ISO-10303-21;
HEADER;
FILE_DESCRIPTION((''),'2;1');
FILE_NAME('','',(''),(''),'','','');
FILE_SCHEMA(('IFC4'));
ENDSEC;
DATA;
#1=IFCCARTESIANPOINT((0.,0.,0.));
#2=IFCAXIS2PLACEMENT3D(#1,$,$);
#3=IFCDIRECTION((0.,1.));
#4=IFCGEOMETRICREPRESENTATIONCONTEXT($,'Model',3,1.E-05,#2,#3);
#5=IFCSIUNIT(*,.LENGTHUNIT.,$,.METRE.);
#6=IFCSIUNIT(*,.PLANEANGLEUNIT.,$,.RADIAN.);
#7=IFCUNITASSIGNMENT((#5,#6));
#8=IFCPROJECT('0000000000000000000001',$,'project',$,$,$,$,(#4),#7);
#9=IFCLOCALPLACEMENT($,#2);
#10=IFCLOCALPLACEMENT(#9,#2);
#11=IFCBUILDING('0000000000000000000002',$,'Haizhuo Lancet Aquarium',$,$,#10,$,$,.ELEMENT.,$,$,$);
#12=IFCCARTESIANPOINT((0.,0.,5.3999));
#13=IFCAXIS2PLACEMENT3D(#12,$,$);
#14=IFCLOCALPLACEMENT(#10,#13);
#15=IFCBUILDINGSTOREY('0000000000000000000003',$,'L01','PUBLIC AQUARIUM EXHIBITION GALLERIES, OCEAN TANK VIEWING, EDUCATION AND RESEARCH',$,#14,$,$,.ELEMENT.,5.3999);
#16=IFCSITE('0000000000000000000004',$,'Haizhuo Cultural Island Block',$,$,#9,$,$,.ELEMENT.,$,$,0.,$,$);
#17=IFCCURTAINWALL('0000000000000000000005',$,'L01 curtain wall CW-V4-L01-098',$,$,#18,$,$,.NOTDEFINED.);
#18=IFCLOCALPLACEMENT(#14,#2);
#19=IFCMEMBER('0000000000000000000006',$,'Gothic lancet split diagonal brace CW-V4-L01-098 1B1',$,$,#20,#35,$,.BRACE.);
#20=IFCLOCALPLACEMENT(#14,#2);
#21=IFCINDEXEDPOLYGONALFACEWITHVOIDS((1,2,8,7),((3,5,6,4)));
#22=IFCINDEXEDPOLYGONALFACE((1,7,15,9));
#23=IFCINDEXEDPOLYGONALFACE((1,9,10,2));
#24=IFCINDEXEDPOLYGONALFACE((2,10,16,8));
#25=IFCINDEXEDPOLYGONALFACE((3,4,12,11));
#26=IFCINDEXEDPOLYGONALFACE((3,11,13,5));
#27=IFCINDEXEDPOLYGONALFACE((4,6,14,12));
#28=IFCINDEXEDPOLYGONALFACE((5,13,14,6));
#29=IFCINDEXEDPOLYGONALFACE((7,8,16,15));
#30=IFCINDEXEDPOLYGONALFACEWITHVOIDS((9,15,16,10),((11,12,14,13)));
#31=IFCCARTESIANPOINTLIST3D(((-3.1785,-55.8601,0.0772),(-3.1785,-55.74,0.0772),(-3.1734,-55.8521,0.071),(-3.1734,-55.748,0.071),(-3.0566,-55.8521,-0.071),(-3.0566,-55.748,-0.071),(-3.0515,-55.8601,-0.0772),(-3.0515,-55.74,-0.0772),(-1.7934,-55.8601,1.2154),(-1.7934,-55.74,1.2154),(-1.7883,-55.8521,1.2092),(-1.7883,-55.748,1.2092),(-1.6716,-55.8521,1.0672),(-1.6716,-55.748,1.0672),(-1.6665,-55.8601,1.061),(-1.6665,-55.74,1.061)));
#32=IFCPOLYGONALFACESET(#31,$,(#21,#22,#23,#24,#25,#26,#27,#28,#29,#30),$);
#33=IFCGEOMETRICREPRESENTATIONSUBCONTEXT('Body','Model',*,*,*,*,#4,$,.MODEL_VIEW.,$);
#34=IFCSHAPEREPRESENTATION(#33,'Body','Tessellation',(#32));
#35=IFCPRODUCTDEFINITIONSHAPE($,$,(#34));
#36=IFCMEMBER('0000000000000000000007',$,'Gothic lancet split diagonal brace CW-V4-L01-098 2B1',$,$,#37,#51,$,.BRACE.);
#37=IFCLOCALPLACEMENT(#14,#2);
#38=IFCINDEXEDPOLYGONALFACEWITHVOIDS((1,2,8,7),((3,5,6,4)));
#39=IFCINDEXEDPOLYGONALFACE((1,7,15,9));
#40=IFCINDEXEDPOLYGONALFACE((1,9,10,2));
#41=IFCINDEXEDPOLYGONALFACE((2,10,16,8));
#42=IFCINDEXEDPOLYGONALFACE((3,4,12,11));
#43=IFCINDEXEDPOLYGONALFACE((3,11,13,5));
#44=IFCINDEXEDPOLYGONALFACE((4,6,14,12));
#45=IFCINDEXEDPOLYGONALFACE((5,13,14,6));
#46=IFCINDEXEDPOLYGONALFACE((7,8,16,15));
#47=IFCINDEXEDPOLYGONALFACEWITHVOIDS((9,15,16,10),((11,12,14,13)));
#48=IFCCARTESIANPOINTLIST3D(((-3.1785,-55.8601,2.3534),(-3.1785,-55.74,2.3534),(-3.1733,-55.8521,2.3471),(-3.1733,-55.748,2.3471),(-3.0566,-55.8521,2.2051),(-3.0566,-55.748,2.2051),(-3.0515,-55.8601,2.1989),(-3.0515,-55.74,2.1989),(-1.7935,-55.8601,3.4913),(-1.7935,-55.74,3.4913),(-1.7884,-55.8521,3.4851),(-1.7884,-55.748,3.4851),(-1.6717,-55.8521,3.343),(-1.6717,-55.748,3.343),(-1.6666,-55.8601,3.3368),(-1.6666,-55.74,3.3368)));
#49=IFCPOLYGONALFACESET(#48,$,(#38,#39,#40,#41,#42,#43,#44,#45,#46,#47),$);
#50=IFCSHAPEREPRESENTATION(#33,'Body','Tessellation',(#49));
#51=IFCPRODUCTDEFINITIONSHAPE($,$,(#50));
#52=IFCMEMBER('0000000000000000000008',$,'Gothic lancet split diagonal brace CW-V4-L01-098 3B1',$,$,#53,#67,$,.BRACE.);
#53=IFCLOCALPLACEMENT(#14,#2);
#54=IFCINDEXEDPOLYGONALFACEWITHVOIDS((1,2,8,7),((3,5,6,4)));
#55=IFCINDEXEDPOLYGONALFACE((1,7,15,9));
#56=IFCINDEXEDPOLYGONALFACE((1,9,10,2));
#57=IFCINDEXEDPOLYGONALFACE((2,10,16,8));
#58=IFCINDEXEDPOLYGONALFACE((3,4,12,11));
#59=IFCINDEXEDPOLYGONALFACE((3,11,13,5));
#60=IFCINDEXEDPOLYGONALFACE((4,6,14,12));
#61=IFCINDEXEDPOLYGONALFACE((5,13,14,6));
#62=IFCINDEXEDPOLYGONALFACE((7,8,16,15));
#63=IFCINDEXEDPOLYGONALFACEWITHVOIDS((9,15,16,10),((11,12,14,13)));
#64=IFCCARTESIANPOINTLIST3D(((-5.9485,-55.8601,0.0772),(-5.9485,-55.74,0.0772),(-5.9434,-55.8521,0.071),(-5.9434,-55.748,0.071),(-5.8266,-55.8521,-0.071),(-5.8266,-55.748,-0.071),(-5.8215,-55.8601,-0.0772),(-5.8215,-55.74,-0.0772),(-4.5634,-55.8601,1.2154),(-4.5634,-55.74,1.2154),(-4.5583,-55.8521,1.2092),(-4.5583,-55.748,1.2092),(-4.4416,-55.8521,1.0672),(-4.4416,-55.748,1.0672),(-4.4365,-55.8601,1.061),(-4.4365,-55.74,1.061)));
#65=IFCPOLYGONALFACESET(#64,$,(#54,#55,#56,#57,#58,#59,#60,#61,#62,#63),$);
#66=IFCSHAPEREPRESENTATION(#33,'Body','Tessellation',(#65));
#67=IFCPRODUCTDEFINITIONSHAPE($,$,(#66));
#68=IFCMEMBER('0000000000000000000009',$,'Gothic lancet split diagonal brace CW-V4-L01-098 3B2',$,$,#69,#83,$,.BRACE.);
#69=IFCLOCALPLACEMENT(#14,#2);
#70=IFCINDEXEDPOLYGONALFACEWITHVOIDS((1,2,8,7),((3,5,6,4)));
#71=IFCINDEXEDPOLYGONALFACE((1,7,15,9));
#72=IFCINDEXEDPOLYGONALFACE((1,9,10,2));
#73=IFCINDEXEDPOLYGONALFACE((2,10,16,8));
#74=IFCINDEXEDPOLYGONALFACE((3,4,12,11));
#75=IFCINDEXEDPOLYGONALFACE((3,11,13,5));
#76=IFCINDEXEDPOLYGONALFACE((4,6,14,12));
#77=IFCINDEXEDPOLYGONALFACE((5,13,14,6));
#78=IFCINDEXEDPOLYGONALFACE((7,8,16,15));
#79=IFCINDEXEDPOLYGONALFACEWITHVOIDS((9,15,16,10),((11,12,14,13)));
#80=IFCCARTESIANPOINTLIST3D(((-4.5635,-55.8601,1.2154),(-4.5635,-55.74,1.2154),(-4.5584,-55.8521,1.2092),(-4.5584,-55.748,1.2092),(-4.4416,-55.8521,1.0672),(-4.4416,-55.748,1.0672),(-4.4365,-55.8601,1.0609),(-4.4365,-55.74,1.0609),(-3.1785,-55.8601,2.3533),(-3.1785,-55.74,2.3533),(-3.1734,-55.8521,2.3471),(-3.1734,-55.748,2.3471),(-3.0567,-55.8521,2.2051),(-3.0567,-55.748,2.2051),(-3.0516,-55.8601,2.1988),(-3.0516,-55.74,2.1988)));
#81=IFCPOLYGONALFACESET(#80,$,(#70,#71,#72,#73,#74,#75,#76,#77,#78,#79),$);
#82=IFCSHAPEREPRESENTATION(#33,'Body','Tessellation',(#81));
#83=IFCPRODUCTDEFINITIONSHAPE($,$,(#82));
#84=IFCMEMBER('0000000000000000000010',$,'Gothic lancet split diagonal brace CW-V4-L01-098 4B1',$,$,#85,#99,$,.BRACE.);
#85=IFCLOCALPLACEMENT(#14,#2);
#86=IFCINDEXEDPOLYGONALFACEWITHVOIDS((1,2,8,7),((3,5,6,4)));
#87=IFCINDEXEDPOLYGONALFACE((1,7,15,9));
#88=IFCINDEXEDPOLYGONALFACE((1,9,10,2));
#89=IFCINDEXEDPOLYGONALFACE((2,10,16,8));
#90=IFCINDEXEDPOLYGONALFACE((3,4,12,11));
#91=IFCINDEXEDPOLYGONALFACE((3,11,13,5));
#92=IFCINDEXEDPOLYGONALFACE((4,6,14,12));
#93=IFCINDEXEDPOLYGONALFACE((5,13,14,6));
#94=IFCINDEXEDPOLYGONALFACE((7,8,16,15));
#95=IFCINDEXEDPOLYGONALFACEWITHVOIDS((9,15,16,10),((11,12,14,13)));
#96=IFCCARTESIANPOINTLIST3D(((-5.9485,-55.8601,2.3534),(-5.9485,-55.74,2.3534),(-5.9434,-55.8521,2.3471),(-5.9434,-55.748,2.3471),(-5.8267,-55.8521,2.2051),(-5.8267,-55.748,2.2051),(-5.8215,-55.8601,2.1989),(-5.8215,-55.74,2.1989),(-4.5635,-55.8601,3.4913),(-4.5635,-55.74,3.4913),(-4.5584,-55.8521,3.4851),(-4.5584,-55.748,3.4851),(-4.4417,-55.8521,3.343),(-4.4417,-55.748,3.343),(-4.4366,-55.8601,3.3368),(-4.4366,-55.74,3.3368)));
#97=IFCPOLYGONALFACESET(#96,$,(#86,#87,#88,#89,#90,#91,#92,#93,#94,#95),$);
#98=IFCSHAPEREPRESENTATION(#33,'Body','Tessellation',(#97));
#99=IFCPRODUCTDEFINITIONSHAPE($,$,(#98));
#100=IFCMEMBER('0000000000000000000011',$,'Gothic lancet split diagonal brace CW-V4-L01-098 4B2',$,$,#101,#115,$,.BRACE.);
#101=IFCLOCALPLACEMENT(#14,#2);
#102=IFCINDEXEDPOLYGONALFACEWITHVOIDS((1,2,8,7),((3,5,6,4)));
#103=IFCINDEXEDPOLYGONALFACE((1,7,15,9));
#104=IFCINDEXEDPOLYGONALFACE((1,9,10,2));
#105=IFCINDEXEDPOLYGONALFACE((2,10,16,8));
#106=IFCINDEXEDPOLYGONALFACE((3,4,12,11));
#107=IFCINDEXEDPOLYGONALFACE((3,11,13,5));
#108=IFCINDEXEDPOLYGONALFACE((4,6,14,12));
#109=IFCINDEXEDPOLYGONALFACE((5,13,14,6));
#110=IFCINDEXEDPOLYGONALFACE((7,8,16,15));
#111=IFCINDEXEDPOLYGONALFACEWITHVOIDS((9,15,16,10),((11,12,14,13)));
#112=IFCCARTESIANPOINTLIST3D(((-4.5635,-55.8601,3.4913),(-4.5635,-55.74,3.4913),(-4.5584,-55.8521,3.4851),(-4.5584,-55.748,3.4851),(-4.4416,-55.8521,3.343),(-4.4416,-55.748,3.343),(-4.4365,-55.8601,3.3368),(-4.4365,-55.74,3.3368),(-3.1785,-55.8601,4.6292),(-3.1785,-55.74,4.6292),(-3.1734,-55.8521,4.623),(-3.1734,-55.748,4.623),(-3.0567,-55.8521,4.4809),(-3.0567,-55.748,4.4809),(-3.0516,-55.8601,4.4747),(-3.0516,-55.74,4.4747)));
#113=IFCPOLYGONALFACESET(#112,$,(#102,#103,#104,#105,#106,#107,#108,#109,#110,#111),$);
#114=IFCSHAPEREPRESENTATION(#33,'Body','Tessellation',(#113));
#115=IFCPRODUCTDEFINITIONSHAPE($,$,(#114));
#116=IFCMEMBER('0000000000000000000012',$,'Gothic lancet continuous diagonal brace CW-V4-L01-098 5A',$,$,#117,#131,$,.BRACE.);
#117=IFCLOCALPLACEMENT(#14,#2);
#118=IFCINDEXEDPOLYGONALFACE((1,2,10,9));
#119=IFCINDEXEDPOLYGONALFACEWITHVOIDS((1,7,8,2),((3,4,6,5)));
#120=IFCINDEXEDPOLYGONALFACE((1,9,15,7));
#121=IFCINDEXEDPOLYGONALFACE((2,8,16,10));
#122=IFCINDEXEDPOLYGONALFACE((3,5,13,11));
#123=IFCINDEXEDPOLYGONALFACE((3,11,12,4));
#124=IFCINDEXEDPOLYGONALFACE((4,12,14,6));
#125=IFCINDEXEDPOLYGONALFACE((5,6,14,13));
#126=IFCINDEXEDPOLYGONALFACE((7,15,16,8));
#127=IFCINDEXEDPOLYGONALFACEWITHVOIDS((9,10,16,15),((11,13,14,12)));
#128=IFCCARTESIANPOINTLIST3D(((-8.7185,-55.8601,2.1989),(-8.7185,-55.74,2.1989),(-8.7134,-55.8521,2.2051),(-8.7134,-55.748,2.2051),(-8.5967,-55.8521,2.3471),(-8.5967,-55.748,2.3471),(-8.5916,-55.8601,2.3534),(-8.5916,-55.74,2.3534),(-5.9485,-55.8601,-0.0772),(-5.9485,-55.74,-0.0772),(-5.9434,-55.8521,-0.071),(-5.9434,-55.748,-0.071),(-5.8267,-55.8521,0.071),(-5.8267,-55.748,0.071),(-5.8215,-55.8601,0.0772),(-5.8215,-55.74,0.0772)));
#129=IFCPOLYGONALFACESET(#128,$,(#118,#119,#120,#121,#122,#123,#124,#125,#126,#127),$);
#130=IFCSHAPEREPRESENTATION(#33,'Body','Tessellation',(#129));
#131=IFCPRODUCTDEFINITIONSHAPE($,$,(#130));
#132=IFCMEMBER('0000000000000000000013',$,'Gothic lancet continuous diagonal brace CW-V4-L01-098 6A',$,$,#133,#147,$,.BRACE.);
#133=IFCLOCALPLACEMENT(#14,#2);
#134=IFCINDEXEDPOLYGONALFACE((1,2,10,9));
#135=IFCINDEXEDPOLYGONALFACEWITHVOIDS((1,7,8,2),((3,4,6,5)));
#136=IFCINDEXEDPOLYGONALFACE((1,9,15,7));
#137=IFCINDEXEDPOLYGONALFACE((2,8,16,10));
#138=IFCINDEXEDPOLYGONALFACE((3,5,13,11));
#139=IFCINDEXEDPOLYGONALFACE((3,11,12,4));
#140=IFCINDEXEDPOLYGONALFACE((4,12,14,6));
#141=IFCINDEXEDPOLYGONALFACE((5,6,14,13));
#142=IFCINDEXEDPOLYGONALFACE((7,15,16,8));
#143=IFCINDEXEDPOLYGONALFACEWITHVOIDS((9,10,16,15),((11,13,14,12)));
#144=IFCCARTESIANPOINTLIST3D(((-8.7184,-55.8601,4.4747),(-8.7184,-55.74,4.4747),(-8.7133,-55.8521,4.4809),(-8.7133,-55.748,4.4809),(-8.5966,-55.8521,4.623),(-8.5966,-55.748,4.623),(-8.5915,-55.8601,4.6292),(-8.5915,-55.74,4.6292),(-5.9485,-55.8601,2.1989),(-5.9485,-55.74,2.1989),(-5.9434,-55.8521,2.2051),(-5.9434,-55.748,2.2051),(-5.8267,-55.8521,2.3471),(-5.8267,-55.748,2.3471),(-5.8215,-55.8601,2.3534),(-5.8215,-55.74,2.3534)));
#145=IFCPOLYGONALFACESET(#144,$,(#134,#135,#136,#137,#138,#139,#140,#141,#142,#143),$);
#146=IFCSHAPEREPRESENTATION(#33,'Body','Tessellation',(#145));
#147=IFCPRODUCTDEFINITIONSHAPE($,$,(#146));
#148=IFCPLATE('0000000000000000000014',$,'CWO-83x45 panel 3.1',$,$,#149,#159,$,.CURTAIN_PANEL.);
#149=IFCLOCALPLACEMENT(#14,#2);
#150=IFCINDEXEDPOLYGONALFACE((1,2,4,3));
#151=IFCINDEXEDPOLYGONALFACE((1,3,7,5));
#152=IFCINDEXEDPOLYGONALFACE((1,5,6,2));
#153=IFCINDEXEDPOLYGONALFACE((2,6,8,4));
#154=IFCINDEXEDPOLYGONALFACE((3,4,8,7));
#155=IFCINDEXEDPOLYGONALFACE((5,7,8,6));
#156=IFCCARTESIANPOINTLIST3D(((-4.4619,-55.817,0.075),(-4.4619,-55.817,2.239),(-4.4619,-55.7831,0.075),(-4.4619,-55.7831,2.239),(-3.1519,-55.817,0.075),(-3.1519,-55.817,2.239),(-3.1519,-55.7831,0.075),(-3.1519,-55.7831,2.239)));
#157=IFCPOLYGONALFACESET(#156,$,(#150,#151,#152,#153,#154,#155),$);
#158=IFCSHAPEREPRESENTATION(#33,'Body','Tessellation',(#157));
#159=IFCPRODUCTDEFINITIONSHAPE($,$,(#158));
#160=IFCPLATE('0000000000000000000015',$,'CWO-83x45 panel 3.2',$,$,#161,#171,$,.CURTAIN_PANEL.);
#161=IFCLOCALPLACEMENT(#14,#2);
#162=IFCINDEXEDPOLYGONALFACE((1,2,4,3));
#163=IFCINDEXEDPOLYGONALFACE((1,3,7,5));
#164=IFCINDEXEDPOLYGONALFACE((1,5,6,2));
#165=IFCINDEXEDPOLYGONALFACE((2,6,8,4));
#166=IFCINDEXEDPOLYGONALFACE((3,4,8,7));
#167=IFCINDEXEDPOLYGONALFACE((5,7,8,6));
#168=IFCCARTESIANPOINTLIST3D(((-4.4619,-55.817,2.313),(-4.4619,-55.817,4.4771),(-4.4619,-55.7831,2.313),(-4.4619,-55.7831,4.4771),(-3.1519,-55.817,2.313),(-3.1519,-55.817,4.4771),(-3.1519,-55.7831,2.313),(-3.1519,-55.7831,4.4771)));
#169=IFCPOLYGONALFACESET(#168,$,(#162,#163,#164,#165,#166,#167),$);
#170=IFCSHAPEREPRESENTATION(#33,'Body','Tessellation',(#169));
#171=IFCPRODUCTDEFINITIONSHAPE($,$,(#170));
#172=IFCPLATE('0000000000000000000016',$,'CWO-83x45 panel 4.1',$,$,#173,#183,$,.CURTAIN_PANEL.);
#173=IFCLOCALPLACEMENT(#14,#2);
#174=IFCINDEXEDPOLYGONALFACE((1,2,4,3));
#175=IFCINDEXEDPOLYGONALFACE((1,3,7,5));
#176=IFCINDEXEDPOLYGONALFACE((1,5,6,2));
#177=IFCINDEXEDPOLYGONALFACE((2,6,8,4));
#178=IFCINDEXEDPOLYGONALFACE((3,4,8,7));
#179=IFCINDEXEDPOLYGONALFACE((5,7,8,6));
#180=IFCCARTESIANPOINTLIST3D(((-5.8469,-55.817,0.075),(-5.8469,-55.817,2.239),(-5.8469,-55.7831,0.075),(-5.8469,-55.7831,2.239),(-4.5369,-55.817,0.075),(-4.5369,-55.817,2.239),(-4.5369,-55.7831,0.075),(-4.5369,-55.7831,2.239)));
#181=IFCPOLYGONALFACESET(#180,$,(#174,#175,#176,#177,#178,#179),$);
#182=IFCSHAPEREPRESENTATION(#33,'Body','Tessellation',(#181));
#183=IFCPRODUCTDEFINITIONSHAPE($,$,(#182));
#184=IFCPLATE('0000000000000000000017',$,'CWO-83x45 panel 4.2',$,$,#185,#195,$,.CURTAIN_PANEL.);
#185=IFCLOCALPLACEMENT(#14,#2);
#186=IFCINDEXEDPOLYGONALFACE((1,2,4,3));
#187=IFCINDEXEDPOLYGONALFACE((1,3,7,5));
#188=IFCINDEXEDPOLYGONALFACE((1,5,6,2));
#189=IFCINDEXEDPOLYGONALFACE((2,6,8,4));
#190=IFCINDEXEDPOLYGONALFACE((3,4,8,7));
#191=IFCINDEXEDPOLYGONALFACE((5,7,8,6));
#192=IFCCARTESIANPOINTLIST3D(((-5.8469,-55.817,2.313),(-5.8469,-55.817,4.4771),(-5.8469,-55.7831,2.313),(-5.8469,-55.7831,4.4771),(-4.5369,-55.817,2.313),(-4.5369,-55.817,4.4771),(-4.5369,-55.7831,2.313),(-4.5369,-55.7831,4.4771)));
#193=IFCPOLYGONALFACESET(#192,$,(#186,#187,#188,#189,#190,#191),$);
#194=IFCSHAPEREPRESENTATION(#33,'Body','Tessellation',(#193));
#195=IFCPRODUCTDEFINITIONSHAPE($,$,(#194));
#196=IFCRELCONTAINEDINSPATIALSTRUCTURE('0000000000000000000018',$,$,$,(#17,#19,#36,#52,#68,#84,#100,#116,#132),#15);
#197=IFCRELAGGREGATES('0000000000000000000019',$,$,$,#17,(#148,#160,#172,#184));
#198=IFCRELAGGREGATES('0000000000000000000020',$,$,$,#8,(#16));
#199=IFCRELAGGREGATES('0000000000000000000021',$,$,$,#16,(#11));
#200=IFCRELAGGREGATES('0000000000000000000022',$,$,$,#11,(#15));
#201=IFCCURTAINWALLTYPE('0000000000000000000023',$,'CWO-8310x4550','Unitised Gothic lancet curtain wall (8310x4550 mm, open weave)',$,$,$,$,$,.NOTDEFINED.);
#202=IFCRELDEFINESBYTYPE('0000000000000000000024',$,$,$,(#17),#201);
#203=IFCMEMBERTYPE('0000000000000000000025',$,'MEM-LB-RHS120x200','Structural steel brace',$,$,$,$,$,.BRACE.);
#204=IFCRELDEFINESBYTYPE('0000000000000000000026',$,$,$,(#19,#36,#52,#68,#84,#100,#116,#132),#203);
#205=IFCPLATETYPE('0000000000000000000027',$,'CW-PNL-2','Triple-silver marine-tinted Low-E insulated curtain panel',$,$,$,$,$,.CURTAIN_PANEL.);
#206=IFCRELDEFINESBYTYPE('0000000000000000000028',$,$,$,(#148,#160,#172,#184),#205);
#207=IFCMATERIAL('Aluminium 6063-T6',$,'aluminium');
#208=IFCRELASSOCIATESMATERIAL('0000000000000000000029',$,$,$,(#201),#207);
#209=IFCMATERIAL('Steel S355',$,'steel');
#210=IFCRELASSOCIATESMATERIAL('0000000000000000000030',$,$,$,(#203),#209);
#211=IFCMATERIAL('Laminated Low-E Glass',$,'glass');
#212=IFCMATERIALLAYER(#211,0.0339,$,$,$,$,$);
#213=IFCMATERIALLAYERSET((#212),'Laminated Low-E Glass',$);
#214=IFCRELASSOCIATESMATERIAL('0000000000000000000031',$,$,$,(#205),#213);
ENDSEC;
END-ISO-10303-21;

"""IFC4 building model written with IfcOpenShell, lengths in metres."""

from ifc_helpers import new_model, si_unit, direction, frame, origin, origin_2d, place, context, subcontext, project, spatial, rectangle, hollow_rectangle, extrude, material, layer, layer_set, material_profile, profile_set, type_object, element, aggregate, save


model = new_model("IFC4")

# Units and contexts
model_context = context("Model", 3, precision=1e-05, world=origin(), true_north=direction((0.0, 1.0)))
body_context = subcontext(model_context, "Body", "Model", "MODEL_VIEW")
ifc_project = project(units=[si_unit("LENGTHUNIT", "METRE"), si_unit("PLANEANGLEUNIT", "RADIAN")], contexts=[model_context])

# Site, building, storey
site_placement = place(None, origin())
site = spatial("IfcSite", under=ifc_project, at=site_placement, Name="Haizhuo Cultural Island Block", CompositionType="ELEMENT", RefElevation=0.0)
building_placement = place(site_placement, origin())
building = spatial("IfcBuilding", under=site, at=building_placement, Name="Haizhuo Lancet Aquarium", CompositionType="ELEMENT")
storey_placement = place(building_placement, frame((0.0, 0.0, 5.3999)))
storey = spatial("IfcBuildingStorey", under=building, at=storey_placement, Name="L01", Description="PUBLIC AQUARIUM EXHIBITION GALLERIES, OCEAN TANK VIEWING, EDUCATION AND RESEARCH", CompositionType="ELEMENT", Elevation=5.3999)

# Curtain wall
ifc_material_1 = material(Name="Aluminium 6063-T6", Category="aluminium")
curtain_wall_type = type_object("IfcCurtainWallType", Name="CWO-8310x4550", Description="Unitised Gothic lancet curtain wall (8310x4550 mm, open weave)", PredefinedType="NOTDEFINED", material=ifc_material_1)
curtain_wall_placement = place(storey_placement, origin())
curtain_wall = element("IfcCurtainWall", 1, at=curtain_wall_placement, inside=storey, type_object=curtain_wall_type, Name="L01 curtain wall CW-V4-L01-098", PredefinedType="NOTDEFINED")

# Members
ifc_material_2 = material(Name="Steel S355", Category="steel")
ifc_material_profile_1 = material_profile(ifc_material_2, hollow_rectangle(XDim=0.1201, YDim=0.2, WallThickness=0.0081, at=origin_2d()), Name="RHS 120x200x8")
ifc_profile_set_1 = profile_set([ifc_material_profile_1], Name="Steel S355")
member_type_1 = type_object("IfcMemberType", Name="MEM-LB-RHS120x200", Description="Structural steel brace", PredefinedType="BRACE", material=ifc_profile_set_1)
member_1_placement = place(storey_placement, frame((-3.115, -55.8, 0.0), z_axis=(0.77259, 0.0, 0.634905), x_axis=(0.0, 1.0, 0.0)))
element("IfcMember", 2, at=member_1_placement, inside=storey, type_object=member_type_1, Name="Gothic lancet split diagonal brace CW-V4-L01-098 1B1", PredefinedType="BRACE", context=body_context, shape_type="SweptSolid", body=[
    extrude(hollow_rectangle(XDim=0.1201, YDim=0.2, WallThickness=0.0081, at=origin_2d()), origin(), (0.0, 0.0, 1.0), 1.7927),
])
member_2_placement = place(storey_placement, frame((-3.115, -55.8, 2.2761), z_axis=(0.772657, 0.0, 0.634824), x_axis=(0.0, 1.0, 0.0)))
element("IfcMember", 3, at=member_2_placement, inside=storey, type_object=member_type_1, Name="Gothic lancet split diagonal brace CW-V4-L01-098 2B1", PredefinedType="BRACE", context=body_context, shape_type="SweptSolid", body=[
    extrude(hollow_rectangle(XDim=0.1201, YDim=0.2, WallThickness=0.0081, at=origin_2d()), origin(), (0.0, 0.0, 1.0), 1.7925),
])
member_3_placement = place(storey_placement, frame((-5.885, -55.8, 0.0), z_axis=(0.77259, 0.0, 0.634905), x_axis=(0.0, 1.0, 0.0)))
element("IfcMember", 4, at=member_3_placement, inside=storey, type_object=member_type_1, Name="Gothic lancet split diagonal brace CW-V4-L01-098 3B1", PredefinedType="BRACE", context=body_context, shape_type="SweptSolid", body=[
    extrude(hollow_rectangle(XDim=0.1201, YDim=0.2, WallThickness=0.0081, at=origin_2d()), origin(), (0.0, 0.0, 1.0), 1.7927),
])
for number, where, z_axis, x_axis, name in (
    (5, (-4.5, -55.8, 1.1382), (0.772657, 0.0, 0.634824), (0.0, 1.0, 0.0), "Gothic lancet split diagonal brace CW-V4-L01-098 3B2"),
    (6, (-5.885, -55.8, 2.2761), (0.772657, 0.0, 0.634824), (0.0, 1.0, 0.0), "Gothic lancet split diagonal brace CW-V4-L01-098 4B1"),
    (7, (-4.5, -55.8, 3.4141), (0.772657, 0.0, 0.634824), (0.0, 1.0, 0.0), "Gothic lancet split diagonal brace CW-V4-L01-098 4B2"),
):
    element("IfcMember", number, at=place(storey_placement, frame(where, z_axis=z_axis, x_axis=x_axis)), inside=storey, type_object=member_type_1, Name=name, PredefinedType="BRACE", context=body_context, shape_type="SweptSolid", body=[
        extrude(hollow_rectangle(XDim=0.1201, YDim=0.2, WallThickness=0.0081, at=origin_2d()), origin(), (0.0, 0.0, 1.0), 1.7925),
    ])
member_4_placement = place(storey_placement, frame((-5.885, -55.8, 0.0), z_axis=(-0.772624, 0.0, 0.634864), x_axis=(0.0, -1.0, 0.0)))
element("IfcMember", 8, at=member_4_placement, inside=storey, type_object=member_type_1, Name="Gothic lancet continuous diagonal brace CW-V4-L01-098 5A", PredefinedType="BRACE", context=body_context, shape_type="SweptSolid", body=[
    extrude(hollow_rectangle(XDim=0.1201, YDim=0.2, WallThickness=0.0081, at=origin_2d()), origin(), (0.0, 0.0, 1.0), 3.5852),
])
member_5_placement = place(storey_placement, frame((-5.885, -55.8, 2.2761), z_axis=(-0.772657, 0.0, 0.634824), x_axis=(0.0, -1.0, 0.0)))
element("IfcMember", 9, at=member_5_placement, inside=storey, type_object=member_type_1, Name="Gothic lancet continuous diagonal brace CW-V4-L01-098 6A", PredefinedType="BRACE", context=body_context, shape_type="SweptSolid", body=[
    extrude(hollow_rectangle(XDim=0.1201, YDim=0.2, WallThickness=0.0081, at=origin_2d()), origin(), (0.0, 0.0, 1.0), 3.585),
])

# Plates
ifc_material_3 = material(Name="Laminated Low-E Glass", Category="glass")
ifc_layer = layer(ifc_material_3, 0.0339)
ifc_layer_set = layer_set([ifc_layer], Name="Laminated Low-E Glass")
plate_type = type_object("IfcPlateType", Name="CW-PNL-2", Description="Triple-silver marine-tinted Low-E insulated curtain panel", PredefinedType="CURTAIN_PANEL", material=ifc_layer_set)
plate_1_placement = place(storey_placement, frame((-3.8069, -55.8, 0.075), z_axis=(0.0, 0.0, 1.0), x_axis=(-1.0, 0.0, 0.0)))
plate_1 = element("IfcPlate", 10, at=plate_1_placement, type_object=plate_type, Name="CWO-83x45 panel 3.1", PredefinedType="CURTAIN_PANEL", context=body_context, shape_type="SweptSolid", body=[
    extrude(rectangle(XDim=1.3101, YDim=0.0339, at=origin_2d()), origin(), (0.0, 0.0, 1.0), 2.1641),
])
plate_2_placement = place(storey_placement, frame((-3.8069, -55.8, 2.313), z_axis=(0.0, 0.0, 1.0), x_axis=(-1.0, 0.0, 0.0)))
plate_2 = element("IfcPlate", 11, at=plate_2_placement, type_object=plate_type, Name="CWO-83x45 panel 3.2", PredefinedType="CURTAIN_PANEL", context=body_context, shape_type="SweptSolid", body=[
    extrude(rectangle(XDim=1.3101, YDim=0.0339, at=origin_2d()), origin(), (0.0, 0.0, 1.0), 2.1641),
])
plate_3_placement = place(storey_placement, frame((-5.1919, -55.8, 0.075), z_axis=(0.0, 0.0, 1.0), x_axis=(-1.0, 0.0, 0.0)))
plate_3 = element("IfcPlate", 12, at=plate_3_placement, type_object=plate_type, Name="CWO-83x45 panel 4.1", PredefinedType="CURTAIN_PANEL", context=body_context, shape_type="SweptSolid", body=[
    extrude(rectangle(XDim=1.3101, YDim=0.0339, at=origin_2d()), origin(), (0.0, 0.0, 1.0), 2.1641),
])
plate_4_placement = place(storey_placement, frame((-5.1919, -55.8, 2.313), z_axis=(0.0, 0.0, 1.0), x_axis=(-1.0, 0.0, 0.0)))
plate_4 = element("IfcPlate", 13, at=plate_4_placement, type_object=plate_type, Name="CWO-83x45 panel 4.2", PredefinedType="CURTAIN_PANEL", context=body_context, shape_type="SweptSolid", body=[
    extrude(rectangle(XDim=1.3101, YDim=0.0339, at=origin_2d()), origin(), (0.0, 0.0, 1.0), 2.1641),
])
aggregate(curtain_wall, [plate_1, plate_2, plate_3, plate_4])

save(model, "model.ifc")
